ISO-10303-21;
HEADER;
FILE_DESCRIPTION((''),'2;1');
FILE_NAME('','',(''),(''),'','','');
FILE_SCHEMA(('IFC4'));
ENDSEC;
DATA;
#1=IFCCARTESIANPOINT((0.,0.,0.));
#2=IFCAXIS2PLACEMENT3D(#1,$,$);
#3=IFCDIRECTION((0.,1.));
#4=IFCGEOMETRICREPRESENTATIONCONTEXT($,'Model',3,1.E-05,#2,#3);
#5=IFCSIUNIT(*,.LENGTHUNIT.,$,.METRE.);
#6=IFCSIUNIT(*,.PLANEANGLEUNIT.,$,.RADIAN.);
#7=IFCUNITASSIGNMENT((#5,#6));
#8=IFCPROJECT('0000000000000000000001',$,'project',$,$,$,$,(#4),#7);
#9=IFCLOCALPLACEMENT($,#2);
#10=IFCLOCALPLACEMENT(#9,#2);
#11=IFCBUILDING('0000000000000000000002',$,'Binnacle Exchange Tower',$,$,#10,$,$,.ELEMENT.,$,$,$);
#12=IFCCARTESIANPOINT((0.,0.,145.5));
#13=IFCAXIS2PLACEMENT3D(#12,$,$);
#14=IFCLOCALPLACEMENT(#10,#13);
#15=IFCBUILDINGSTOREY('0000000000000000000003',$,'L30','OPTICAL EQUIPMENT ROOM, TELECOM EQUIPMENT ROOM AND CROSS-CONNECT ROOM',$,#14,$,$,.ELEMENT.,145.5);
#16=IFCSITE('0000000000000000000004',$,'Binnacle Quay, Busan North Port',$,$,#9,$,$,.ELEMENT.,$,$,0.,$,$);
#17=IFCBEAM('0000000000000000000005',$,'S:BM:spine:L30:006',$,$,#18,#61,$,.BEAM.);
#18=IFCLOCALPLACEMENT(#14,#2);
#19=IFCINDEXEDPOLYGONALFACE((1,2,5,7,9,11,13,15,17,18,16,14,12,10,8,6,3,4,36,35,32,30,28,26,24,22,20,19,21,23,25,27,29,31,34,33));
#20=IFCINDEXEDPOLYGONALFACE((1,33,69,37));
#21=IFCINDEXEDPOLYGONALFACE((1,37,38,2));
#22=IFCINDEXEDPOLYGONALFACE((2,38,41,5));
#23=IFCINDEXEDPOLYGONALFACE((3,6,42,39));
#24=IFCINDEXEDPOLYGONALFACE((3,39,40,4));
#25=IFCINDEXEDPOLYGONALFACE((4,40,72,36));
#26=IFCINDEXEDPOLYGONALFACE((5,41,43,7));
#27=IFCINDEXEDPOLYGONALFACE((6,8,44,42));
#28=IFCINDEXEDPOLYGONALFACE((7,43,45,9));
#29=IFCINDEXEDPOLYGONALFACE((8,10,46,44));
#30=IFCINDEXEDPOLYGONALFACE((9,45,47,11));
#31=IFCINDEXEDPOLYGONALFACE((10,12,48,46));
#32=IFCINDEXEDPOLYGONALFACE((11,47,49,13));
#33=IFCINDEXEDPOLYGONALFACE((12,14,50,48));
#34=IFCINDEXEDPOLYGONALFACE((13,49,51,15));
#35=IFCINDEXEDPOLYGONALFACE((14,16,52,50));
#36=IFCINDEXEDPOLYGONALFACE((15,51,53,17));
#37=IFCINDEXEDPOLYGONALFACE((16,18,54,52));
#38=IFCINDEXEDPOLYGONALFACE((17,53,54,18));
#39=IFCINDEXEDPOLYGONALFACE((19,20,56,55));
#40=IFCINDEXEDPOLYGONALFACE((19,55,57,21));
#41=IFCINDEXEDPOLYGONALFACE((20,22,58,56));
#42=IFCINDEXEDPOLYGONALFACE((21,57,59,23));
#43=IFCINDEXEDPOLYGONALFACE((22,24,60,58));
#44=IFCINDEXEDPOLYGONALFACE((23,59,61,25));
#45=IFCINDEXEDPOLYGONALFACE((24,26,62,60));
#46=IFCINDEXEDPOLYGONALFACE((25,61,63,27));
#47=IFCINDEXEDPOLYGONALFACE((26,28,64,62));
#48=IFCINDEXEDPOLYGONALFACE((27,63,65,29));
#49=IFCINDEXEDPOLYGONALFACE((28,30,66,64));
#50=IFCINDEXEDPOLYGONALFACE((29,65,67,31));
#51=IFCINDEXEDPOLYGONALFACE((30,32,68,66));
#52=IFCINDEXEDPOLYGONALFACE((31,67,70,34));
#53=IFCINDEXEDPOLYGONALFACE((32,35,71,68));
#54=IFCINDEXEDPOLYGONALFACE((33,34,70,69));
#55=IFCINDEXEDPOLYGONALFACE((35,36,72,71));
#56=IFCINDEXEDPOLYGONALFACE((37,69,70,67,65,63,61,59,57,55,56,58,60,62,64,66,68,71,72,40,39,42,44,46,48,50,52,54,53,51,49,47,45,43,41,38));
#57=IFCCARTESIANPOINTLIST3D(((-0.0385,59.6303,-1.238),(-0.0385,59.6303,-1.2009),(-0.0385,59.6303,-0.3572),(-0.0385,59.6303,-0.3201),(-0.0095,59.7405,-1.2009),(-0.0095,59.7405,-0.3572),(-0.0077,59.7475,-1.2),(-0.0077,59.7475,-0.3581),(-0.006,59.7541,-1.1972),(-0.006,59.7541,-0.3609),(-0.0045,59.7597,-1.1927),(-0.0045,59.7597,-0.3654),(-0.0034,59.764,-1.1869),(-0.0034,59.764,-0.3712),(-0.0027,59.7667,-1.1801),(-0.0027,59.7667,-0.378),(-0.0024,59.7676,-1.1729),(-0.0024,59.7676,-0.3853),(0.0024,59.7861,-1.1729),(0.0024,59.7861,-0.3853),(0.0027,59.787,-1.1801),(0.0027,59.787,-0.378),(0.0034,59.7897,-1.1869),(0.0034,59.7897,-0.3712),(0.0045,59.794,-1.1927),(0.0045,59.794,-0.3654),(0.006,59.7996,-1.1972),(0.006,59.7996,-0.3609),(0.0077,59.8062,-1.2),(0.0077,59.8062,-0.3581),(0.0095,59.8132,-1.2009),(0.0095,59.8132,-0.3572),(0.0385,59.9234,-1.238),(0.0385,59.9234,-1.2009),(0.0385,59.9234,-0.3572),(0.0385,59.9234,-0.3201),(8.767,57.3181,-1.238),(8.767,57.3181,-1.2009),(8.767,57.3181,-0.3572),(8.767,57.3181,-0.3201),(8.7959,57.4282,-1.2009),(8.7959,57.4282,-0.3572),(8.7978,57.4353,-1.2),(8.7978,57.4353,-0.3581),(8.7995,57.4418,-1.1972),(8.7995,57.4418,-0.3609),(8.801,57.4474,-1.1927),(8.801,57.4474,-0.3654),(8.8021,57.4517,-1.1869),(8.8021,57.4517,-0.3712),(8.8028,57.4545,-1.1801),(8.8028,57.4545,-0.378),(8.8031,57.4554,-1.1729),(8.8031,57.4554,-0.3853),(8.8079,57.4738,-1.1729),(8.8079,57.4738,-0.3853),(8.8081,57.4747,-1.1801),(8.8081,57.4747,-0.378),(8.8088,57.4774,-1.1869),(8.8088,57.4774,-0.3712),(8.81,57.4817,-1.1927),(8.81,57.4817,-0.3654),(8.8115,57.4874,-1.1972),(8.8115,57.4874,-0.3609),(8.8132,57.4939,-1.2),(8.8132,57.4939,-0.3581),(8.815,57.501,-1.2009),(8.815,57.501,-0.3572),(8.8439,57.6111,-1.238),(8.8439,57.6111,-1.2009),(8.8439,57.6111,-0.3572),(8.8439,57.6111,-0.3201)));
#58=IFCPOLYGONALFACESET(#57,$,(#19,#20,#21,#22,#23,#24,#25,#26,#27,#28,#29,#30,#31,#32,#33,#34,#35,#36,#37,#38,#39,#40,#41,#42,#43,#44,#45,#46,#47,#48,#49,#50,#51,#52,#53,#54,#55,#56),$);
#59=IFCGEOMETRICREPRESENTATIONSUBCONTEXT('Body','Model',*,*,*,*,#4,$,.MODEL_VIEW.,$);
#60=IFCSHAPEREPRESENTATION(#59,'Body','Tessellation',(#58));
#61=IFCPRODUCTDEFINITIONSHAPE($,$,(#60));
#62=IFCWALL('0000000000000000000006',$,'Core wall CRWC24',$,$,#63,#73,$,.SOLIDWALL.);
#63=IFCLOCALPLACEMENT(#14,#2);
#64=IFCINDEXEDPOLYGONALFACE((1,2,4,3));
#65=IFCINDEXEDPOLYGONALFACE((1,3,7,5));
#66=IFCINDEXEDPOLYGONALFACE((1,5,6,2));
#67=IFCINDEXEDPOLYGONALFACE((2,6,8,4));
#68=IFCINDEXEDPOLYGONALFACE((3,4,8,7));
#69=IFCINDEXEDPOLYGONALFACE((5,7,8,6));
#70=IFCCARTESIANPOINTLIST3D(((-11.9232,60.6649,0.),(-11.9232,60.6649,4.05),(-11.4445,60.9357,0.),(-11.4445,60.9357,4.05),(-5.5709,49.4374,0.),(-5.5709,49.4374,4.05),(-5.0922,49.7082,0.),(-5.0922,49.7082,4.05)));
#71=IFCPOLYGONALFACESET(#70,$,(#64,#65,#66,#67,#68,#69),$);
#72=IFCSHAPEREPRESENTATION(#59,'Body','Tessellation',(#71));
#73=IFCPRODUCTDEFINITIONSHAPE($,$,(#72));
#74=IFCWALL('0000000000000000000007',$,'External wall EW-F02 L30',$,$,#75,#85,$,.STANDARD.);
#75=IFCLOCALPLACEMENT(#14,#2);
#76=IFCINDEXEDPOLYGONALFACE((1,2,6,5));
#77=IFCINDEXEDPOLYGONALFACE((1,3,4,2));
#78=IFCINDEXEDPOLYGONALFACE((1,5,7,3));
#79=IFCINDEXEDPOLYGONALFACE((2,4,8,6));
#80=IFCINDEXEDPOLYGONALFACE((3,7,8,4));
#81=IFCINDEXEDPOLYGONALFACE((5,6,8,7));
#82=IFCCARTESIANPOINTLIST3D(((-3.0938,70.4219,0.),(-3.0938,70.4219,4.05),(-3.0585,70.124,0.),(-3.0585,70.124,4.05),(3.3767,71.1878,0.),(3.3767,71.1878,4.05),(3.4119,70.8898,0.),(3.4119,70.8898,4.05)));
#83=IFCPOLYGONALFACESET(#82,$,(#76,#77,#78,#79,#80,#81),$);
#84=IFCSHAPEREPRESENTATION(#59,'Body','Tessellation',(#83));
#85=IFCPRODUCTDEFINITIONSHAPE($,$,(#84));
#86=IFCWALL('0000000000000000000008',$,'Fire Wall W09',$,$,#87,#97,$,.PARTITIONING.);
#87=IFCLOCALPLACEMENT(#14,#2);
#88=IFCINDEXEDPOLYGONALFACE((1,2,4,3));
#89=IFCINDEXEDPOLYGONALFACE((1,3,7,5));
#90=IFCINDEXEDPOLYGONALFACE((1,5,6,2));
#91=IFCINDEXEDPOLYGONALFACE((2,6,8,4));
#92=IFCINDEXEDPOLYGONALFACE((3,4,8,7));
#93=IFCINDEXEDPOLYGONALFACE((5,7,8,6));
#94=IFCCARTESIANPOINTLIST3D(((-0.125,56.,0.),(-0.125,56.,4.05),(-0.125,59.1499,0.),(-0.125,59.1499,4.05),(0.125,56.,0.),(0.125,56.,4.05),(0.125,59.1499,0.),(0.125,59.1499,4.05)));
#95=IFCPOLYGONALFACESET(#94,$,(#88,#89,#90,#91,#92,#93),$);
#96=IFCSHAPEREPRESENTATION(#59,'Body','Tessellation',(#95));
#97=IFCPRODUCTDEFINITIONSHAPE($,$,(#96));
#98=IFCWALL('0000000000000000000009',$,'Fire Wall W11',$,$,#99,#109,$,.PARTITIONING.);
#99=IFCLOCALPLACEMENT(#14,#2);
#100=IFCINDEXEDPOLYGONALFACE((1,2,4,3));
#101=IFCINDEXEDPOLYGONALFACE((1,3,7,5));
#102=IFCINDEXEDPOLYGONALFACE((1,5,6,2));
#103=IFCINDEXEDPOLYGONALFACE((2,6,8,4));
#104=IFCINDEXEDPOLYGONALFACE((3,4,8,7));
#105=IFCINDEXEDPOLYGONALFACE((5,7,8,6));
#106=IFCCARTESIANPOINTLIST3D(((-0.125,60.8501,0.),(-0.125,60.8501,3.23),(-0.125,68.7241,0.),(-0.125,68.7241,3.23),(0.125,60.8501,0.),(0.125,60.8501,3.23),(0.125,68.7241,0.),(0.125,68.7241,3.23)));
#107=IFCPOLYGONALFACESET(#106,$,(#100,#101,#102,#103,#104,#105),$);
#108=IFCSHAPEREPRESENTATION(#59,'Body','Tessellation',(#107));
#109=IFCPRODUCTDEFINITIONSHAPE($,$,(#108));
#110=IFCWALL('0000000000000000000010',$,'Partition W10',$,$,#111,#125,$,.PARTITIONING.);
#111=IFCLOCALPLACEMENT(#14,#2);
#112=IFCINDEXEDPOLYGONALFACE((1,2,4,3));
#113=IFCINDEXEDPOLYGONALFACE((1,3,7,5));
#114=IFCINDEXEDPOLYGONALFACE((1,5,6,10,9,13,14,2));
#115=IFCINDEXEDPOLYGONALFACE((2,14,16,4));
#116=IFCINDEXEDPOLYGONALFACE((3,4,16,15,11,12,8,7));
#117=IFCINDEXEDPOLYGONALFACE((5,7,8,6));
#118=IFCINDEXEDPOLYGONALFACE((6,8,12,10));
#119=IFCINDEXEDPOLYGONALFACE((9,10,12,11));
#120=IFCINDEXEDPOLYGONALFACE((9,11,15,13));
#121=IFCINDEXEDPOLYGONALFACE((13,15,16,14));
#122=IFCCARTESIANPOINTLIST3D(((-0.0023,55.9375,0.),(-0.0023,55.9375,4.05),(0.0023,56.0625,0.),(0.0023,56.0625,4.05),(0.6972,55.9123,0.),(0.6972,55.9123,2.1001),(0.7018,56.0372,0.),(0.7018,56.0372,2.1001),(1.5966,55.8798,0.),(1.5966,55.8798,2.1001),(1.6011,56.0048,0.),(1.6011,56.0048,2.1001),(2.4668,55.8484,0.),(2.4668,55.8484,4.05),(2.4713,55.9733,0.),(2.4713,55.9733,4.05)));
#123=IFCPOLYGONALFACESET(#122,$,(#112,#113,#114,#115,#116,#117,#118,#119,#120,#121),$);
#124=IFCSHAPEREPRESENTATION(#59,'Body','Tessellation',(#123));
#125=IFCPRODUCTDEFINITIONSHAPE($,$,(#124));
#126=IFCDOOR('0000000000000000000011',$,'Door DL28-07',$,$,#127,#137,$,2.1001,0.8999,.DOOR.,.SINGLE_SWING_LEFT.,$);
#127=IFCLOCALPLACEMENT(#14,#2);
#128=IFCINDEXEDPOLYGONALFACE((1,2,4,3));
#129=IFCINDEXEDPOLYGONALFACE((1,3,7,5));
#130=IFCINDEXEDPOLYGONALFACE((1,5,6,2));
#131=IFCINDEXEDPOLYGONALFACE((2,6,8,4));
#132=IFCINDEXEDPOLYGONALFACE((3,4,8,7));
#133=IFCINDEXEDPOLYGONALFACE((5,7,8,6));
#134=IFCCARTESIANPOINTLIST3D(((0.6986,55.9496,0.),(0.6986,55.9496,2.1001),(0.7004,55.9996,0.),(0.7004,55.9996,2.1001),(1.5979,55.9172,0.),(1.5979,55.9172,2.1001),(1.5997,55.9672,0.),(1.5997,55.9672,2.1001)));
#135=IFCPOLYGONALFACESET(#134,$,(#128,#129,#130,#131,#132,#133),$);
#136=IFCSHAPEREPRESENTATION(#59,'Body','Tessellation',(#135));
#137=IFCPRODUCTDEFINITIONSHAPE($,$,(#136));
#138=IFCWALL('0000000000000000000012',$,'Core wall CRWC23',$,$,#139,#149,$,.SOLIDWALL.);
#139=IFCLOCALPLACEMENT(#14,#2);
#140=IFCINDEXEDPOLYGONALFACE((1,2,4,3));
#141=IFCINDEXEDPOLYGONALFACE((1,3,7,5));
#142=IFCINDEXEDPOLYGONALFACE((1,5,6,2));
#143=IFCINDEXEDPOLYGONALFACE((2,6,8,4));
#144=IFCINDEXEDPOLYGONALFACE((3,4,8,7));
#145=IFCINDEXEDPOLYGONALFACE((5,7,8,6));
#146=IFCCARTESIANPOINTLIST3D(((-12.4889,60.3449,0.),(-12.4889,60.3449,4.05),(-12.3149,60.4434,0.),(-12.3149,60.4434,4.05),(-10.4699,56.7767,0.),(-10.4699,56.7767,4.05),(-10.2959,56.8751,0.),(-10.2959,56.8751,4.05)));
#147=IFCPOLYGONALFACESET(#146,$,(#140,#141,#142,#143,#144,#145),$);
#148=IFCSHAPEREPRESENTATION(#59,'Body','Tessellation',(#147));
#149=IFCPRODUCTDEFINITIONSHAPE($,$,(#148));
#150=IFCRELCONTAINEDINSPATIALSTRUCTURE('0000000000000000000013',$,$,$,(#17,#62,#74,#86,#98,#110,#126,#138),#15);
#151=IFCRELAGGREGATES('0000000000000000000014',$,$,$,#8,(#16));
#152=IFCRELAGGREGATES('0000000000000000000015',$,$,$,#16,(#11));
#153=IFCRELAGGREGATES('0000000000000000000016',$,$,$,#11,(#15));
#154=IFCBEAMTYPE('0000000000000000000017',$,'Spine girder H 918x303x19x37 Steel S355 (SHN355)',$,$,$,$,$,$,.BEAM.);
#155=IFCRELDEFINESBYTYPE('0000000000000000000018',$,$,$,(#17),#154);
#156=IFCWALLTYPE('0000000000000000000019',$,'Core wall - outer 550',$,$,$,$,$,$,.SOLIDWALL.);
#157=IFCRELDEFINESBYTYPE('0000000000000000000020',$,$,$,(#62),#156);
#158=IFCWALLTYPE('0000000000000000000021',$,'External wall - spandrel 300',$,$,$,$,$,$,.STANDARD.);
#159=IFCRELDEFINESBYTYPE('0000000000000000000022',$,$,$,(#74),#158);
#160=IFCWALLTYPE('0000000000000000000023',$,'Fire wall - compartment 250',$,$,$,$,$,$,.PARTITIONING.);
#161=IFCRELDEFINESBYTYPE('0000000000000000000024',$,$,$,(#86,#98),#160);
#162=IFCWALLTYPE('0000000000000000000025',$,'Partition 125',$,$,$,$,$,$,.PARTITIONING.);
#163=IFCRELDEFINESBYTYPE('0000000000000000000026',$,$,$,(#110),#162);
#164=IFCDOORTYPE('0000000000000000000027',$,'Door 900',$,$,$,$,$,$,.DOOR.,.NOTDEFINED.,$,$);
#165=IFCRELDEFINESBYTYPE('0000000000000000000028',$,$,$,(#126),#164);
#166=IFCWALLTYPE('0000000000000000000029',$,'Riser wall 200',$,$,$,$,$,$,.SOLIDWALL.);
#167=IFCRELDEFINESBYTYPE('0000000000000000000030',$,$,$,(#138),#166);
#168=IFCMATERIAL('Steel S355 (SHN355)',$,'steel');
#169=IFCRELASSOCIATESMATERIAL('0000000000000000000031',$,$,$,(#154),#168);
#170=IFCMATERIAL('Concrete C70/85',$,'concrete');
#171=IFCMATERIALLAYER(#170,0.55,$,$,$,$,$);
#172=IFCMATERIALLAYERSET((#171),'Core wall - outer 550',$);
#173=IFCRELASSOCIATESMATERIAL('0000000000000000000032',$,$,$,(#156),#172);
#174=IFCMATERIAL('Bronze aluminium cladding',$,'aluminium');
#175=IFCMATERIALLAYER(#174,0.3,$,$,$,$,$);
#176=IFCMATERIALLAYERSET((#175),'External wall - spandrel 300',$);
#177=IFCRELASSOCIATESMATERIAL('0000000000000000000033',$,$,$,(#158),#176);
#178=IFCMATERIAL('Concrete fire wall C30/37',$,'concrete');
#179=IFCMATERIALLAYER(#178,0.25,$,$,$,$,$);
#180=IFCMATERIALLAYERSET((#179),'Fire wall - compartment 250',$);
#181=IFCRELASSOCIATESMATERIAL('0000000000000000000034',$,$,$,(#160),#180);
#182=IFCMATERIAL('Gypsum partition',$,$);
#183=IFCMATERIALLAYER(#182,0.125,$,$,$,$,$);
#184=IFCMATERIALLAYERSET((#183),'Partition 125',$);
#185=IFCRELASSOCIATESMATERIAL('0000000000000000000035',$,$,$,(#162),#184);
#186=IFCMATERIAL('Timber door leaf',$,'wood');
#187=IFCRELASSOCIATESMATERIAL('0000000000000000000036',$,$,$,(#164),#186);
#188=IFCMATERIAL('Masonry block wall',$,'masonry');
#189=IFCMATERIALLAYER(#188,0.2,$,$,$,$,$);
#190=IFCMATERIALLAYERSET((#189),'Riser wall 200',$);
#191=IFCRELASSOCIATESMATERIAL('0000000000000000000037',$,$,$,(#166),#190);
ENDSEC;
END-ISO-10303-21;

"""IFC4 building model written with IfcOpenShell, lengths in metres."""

from ifc_helpers import new_model, si_unit, direction, frame, frame_2d, origin, origin_2d, place, context, subcontext, project, spatial, rectangle, i_section, extrude, material, layer, layer_set, material_profile, profile_set, type_object, element, fill, save


model = new_model("IFC4")

# Units and contexts
model_context = context("Model", 3, precision=1e-05, world=origin(), true_north=direction((0.0, 1.0)))
body_context = subcontext(model_context, "Body", "Model", "MODEL_VIEW")
ifc_project = project(units=[si_unit("LENGTHUNIT", "METRE"), si_unit("PLANEANGLEUNIT", "RADIAN")], contexts=[model_context])

# Site, building, storey
site_placement = place(None, origin())
site = spatial("IfcSite", under=ifc_project, at=site_placement, Name="Binnacle Quay, Busan North Port", CompositionType="ELEMENT", RefElevation=0.0)
building_placement = place(site_placement, origin())
building = spatial("IfcBuilding", under=site, at=building_placement, Name="Binnacle Exchange Tower", CompositionType="ELEMENT")
storey_placement = place(building_placement, frame((0.0, 0.0, 145.5)))
storey = spatial("IfcBuildingStorey", under=building, at=storey_placement, Name="L30", Description="OPTICAL EQUIPMENT ROOM, TELECOM EQUIPMENT ROOM AND CROSS-CONNECT ROOM", CompositionType="ELEMENT", Elevation=145.5)

# Shared definitions
ifc_material_1 = material(Name="Concrete C70/85", Category="concrete")

# Beam
ifc_material_2 = material(Name="Steel S355 (SHN355)", Category="steel")
ifc_material_profile_1 = material_profile(ifc_material_2, i_section(OverallWidth=0.303, OverallDepth=0.918, WebThickness=0.019, FlangeThickness=0.0371, FilletRadius=0.0281, at=origin_2d()), Name="H 918x303x19x37")
ifc_profile_set_1 = profile_set([ifc_material_profile_1], Name="Steel S355 (SHN355)")
beam_type_1 = type_object("IfcBeamType", Name="Spine girder H 918x303x19x37 Steel S355 (SHN355)", PredefinedType="BEAM", material=ifc_profile_set_1)
beam_1_placement = place(storey_placement, frame((0.0, 59.7769, -0.7791), z_axis=(0.967208, -0.253984, 0.0), x_axis=(0.253984, 0.967208, 0.0)))
element("IfcBeam", 1, at=beam_1_placement, inside=storey, type_object=beam_type_1, Name="S:BM:spine:L30:006", PredefinedType="BEAM", context=body_context, shape_type="SweptSolid", body=[
    extrude(i_section(OverallWidth=0.303, OverallDepth=0.918, WebThickness=0.019, FlangeThickness=0.0371, FilletRadius=0.0281, at=origin_2d()), origin(), (0.0, 0.0, 1.0), 9.104),
])

# Walls
ifc_layer_1 = layer(ifc_material_1, 0.55)
ifc_layer_set_1 = layer_set([ifc_layer_1], Name="Core wall - outer 550")
wall_type_1 = type_object("IfcWallType", Name="Core wall - outer 550", PredefinedType="SOLIDWALL", material=ifc_layer_set_1)
wall_1_placement = place(storey_placement, frame((-11.6838, 60.8003, 0.0), z_axis=(0.0, 0.0, 1.0), x_axis=(0.492427, -0.870354, 0.0)))
element("IfcWall", 2, at=wall_1_placement, inside=storey, type_object=wall_type_1, Name="Core wall CRWC24", PredefinedType="SOLIDWALL", context=body_context, shape_type="SweptSolid", body=[
    extrude(rectangle(XDim=12.8999, YDim=0.55, at=frame_2d((6.45, 0.0))), origin(), (0.0, 0.0, 1.0), 4.05),
])
ifc_material_3 = material(Name="Bronze aluminium cladding", Category="aluminium")
ifc_layer_2 = layer(ifc_material_3, 0.3)
ifc_layer_set_2 = layer_set([ifc_layer_2], Name="External wall - spandrel 300")
wall_type_2 = type_object("IfcWallType", Name="External wall - spandrel 300", PredefinedType="STANDARD", material=ifc_layer_set_2)
wall_2_placement = place(storey_placement, frame((-3.0762, 70.2729, 0.0), z_axis=(0.0, 0.0, 1.0), x_axis=(0.993068, 0.117543, 0.0)))
element("IfcWall", 3, at=wall_2_placement, inside=storey, type_object=wall_type_2, Name="External wall EW-F02 L30", PredefinedType="STANDARD", context=body_context, shape_type="SweptSolid", body=[
    extrude(rectangle(XDim=6.5156, YDim=0.3, at=frame_2d((3.2578, 0.0))), origin(), (0.0, 0.0, 1.0), 4.05),
])
ifc_material_4 = material(Name="Concrete fire wall C30/37", Category="concrete")
ifc_layer_3 = layer(ifc_material_4, 0.25)
ifc_layer_set_3 = layer_set([ifc_layer_3], Name="Fire wall - compartment 250")
wall_type_3 = type_object("IfcWallType", Name="Fire wall - compartment 250", PredefinedType="PARTITIONING", material=ifc_layer_set_3)
wall_3_placement = place(storey_placement, frame((0.0, 56.0, 0.0), z_axis=(0.0, 0.0, 1.0), x_axis=(0.0, 1.0, 0.0)))
element("IfcWall", 4, at=wall_3_placement, inside=storey, type_object=wall_type_3, Name="Fire Wall W09", PredefinedType="PARTITIONING", context=body_context, shape_type="SweptSolid", body=[
    extrude(rectangle(XDim=3.1499, YDim=0.25, at=frame_2d((1.575, 0.0))), origin(), (0.0, 0.0, 1.0), 4.05),
])
wall_4_placement = place(storey_placement, frame((0.0, 60.8501, 0.0), z_axis=(0.0, 0.0, 1.0), x_axis=(0.0, 1.0, 0.0)))
element("IfcWall", 5, at=wall_4_placement, inside=storey, type_object=wall_type_3, Name="Fire Wall W11", PredefinedType="PARTITIONING", context=body_context, shape_type="SweptSolid", body=[
    extrude(rectangle(XDim=7.874, YDim=0.25, at=frame_2d((3.937, 0.0))), origin(), (0.0, 0.0, 1.0), 3.23),
])

# Wall, opening, door
ifc_material_5 = material(Name="Gypsum partition")
ifc_layer_4 = layer(ifc_material_5, 0.125)
ifc_layer_set_4 = layer_set([ifc_layer_4], Name="Partition 125")
wall_type_4 = type_object("IfcWallType", Name="Partition 125", PredefinedType="PARTITIONING", material=ifc_layer_set_4)
wall_5_placement = place(storey_placement, frame((0.0, 56.0, 0.0), z_axis=(0.0, 0.0, 1.0), x_axis=(0.999349, -0.036069, 0.0)))
wall_5 = element("IfcWall", 6, at=wall_5_placement, inside=storey, type_object=wall_type_4, Name="Partition W10", PredefinedType="PARTITIONING", context=body_context, shape_type="SweptSolid", body=[
    extrude(rectangle(XDim=2.4707, YDim=0.125, at=frame_2d((1.2354, 0.0))), origin(), (0.0, 0.0, 1.0), 4.05),
])
opening_placement = place(wall_5_placement, frame((0.7, 0.0, 0.0)))
opening = element("IfcOpeningElement", 7, at=opening_placement, cuts=wall_5, PredefinedType="OPENING", context=body_context, shape_type="SweptSolid", body=[
    extrude(rectangle(XDim=0.8999, YDim=2.1001, at=frame_2d((0.45, 1.05))), frame((0.0, 0.0725, 0.0), z_axis=(0.0, -1.0, 0.0), x_axis=(1.0, 0.0, 0.0)), (0.0, 0.0, 1.0), 0.145),
])
ifc_material_6 = material(Name="Timber door leaf", Category="wood")
door_type = type_object("IfcDoorType", Name="Door 900", OperationType="NOTDEFINED", PredefinedType="DOOR", material=ifc_material_6)
door_placement = place(opening_placement, origin())
door = element("IfcDoor", 8, at=door_placement, inside=storey, type_object=door_type, Name="Door DL28-07", OperationType="SINGLE_SWING_LEFT", OverallHeight=2.1001, OverallWidth=0.8999, PredefinedType="DOOR", context=body_context, shape_type="SweptSolid", body=[
    extrude(rectangle(XDim=0.8999, YDim=2.1001, at=frame_2d((0.45, 1.05))), frame((0.0, 0.0249, 0.0), z_axis=(0.0, -1.0, 0.0), x_axis=(1.0, 0.0, 0.0)), (0.0, 0.0, 1.0), 0.05),
])
fill(opening, door)

# Wall
ifc_material_7 = material(Name="Masonry block wall", Category="masonry")
ifc_layer_5 = layer(ifc_material_7, 0.2)
ifc_layer_set_5 = layer_set([ifc_layer_5], Name="Riser wall 200")
wall_type_5 = type_object("IfcWallType", Name="Riser wall 200", PredefinedType="SOLIDWALL", material=ifc_layer_set_5)
wall_6_placement = place(storey_placement, frame((-12.4019, 60.394, 0.0), z_axis=(0.0, 0.0, 1.0), x_axis=(0.492454, -0.870339, 0.0)))
element("IfcWall", 9, at=wall_6_placement, inside=storey, type_object=wall_type_5, Name="Core wall CRWC23", PredefinedType="SOLIDWALL", context=body_context, shape_type="SweptSolid", body=[
    extrude(rectangle(XDim=4.0999, YDim=0.2, at=frame_2d((2.0498, 0.0))), origin(), (0.0, 0.0, 1.0), 4.05),
])

save(model, "model.ifc")
